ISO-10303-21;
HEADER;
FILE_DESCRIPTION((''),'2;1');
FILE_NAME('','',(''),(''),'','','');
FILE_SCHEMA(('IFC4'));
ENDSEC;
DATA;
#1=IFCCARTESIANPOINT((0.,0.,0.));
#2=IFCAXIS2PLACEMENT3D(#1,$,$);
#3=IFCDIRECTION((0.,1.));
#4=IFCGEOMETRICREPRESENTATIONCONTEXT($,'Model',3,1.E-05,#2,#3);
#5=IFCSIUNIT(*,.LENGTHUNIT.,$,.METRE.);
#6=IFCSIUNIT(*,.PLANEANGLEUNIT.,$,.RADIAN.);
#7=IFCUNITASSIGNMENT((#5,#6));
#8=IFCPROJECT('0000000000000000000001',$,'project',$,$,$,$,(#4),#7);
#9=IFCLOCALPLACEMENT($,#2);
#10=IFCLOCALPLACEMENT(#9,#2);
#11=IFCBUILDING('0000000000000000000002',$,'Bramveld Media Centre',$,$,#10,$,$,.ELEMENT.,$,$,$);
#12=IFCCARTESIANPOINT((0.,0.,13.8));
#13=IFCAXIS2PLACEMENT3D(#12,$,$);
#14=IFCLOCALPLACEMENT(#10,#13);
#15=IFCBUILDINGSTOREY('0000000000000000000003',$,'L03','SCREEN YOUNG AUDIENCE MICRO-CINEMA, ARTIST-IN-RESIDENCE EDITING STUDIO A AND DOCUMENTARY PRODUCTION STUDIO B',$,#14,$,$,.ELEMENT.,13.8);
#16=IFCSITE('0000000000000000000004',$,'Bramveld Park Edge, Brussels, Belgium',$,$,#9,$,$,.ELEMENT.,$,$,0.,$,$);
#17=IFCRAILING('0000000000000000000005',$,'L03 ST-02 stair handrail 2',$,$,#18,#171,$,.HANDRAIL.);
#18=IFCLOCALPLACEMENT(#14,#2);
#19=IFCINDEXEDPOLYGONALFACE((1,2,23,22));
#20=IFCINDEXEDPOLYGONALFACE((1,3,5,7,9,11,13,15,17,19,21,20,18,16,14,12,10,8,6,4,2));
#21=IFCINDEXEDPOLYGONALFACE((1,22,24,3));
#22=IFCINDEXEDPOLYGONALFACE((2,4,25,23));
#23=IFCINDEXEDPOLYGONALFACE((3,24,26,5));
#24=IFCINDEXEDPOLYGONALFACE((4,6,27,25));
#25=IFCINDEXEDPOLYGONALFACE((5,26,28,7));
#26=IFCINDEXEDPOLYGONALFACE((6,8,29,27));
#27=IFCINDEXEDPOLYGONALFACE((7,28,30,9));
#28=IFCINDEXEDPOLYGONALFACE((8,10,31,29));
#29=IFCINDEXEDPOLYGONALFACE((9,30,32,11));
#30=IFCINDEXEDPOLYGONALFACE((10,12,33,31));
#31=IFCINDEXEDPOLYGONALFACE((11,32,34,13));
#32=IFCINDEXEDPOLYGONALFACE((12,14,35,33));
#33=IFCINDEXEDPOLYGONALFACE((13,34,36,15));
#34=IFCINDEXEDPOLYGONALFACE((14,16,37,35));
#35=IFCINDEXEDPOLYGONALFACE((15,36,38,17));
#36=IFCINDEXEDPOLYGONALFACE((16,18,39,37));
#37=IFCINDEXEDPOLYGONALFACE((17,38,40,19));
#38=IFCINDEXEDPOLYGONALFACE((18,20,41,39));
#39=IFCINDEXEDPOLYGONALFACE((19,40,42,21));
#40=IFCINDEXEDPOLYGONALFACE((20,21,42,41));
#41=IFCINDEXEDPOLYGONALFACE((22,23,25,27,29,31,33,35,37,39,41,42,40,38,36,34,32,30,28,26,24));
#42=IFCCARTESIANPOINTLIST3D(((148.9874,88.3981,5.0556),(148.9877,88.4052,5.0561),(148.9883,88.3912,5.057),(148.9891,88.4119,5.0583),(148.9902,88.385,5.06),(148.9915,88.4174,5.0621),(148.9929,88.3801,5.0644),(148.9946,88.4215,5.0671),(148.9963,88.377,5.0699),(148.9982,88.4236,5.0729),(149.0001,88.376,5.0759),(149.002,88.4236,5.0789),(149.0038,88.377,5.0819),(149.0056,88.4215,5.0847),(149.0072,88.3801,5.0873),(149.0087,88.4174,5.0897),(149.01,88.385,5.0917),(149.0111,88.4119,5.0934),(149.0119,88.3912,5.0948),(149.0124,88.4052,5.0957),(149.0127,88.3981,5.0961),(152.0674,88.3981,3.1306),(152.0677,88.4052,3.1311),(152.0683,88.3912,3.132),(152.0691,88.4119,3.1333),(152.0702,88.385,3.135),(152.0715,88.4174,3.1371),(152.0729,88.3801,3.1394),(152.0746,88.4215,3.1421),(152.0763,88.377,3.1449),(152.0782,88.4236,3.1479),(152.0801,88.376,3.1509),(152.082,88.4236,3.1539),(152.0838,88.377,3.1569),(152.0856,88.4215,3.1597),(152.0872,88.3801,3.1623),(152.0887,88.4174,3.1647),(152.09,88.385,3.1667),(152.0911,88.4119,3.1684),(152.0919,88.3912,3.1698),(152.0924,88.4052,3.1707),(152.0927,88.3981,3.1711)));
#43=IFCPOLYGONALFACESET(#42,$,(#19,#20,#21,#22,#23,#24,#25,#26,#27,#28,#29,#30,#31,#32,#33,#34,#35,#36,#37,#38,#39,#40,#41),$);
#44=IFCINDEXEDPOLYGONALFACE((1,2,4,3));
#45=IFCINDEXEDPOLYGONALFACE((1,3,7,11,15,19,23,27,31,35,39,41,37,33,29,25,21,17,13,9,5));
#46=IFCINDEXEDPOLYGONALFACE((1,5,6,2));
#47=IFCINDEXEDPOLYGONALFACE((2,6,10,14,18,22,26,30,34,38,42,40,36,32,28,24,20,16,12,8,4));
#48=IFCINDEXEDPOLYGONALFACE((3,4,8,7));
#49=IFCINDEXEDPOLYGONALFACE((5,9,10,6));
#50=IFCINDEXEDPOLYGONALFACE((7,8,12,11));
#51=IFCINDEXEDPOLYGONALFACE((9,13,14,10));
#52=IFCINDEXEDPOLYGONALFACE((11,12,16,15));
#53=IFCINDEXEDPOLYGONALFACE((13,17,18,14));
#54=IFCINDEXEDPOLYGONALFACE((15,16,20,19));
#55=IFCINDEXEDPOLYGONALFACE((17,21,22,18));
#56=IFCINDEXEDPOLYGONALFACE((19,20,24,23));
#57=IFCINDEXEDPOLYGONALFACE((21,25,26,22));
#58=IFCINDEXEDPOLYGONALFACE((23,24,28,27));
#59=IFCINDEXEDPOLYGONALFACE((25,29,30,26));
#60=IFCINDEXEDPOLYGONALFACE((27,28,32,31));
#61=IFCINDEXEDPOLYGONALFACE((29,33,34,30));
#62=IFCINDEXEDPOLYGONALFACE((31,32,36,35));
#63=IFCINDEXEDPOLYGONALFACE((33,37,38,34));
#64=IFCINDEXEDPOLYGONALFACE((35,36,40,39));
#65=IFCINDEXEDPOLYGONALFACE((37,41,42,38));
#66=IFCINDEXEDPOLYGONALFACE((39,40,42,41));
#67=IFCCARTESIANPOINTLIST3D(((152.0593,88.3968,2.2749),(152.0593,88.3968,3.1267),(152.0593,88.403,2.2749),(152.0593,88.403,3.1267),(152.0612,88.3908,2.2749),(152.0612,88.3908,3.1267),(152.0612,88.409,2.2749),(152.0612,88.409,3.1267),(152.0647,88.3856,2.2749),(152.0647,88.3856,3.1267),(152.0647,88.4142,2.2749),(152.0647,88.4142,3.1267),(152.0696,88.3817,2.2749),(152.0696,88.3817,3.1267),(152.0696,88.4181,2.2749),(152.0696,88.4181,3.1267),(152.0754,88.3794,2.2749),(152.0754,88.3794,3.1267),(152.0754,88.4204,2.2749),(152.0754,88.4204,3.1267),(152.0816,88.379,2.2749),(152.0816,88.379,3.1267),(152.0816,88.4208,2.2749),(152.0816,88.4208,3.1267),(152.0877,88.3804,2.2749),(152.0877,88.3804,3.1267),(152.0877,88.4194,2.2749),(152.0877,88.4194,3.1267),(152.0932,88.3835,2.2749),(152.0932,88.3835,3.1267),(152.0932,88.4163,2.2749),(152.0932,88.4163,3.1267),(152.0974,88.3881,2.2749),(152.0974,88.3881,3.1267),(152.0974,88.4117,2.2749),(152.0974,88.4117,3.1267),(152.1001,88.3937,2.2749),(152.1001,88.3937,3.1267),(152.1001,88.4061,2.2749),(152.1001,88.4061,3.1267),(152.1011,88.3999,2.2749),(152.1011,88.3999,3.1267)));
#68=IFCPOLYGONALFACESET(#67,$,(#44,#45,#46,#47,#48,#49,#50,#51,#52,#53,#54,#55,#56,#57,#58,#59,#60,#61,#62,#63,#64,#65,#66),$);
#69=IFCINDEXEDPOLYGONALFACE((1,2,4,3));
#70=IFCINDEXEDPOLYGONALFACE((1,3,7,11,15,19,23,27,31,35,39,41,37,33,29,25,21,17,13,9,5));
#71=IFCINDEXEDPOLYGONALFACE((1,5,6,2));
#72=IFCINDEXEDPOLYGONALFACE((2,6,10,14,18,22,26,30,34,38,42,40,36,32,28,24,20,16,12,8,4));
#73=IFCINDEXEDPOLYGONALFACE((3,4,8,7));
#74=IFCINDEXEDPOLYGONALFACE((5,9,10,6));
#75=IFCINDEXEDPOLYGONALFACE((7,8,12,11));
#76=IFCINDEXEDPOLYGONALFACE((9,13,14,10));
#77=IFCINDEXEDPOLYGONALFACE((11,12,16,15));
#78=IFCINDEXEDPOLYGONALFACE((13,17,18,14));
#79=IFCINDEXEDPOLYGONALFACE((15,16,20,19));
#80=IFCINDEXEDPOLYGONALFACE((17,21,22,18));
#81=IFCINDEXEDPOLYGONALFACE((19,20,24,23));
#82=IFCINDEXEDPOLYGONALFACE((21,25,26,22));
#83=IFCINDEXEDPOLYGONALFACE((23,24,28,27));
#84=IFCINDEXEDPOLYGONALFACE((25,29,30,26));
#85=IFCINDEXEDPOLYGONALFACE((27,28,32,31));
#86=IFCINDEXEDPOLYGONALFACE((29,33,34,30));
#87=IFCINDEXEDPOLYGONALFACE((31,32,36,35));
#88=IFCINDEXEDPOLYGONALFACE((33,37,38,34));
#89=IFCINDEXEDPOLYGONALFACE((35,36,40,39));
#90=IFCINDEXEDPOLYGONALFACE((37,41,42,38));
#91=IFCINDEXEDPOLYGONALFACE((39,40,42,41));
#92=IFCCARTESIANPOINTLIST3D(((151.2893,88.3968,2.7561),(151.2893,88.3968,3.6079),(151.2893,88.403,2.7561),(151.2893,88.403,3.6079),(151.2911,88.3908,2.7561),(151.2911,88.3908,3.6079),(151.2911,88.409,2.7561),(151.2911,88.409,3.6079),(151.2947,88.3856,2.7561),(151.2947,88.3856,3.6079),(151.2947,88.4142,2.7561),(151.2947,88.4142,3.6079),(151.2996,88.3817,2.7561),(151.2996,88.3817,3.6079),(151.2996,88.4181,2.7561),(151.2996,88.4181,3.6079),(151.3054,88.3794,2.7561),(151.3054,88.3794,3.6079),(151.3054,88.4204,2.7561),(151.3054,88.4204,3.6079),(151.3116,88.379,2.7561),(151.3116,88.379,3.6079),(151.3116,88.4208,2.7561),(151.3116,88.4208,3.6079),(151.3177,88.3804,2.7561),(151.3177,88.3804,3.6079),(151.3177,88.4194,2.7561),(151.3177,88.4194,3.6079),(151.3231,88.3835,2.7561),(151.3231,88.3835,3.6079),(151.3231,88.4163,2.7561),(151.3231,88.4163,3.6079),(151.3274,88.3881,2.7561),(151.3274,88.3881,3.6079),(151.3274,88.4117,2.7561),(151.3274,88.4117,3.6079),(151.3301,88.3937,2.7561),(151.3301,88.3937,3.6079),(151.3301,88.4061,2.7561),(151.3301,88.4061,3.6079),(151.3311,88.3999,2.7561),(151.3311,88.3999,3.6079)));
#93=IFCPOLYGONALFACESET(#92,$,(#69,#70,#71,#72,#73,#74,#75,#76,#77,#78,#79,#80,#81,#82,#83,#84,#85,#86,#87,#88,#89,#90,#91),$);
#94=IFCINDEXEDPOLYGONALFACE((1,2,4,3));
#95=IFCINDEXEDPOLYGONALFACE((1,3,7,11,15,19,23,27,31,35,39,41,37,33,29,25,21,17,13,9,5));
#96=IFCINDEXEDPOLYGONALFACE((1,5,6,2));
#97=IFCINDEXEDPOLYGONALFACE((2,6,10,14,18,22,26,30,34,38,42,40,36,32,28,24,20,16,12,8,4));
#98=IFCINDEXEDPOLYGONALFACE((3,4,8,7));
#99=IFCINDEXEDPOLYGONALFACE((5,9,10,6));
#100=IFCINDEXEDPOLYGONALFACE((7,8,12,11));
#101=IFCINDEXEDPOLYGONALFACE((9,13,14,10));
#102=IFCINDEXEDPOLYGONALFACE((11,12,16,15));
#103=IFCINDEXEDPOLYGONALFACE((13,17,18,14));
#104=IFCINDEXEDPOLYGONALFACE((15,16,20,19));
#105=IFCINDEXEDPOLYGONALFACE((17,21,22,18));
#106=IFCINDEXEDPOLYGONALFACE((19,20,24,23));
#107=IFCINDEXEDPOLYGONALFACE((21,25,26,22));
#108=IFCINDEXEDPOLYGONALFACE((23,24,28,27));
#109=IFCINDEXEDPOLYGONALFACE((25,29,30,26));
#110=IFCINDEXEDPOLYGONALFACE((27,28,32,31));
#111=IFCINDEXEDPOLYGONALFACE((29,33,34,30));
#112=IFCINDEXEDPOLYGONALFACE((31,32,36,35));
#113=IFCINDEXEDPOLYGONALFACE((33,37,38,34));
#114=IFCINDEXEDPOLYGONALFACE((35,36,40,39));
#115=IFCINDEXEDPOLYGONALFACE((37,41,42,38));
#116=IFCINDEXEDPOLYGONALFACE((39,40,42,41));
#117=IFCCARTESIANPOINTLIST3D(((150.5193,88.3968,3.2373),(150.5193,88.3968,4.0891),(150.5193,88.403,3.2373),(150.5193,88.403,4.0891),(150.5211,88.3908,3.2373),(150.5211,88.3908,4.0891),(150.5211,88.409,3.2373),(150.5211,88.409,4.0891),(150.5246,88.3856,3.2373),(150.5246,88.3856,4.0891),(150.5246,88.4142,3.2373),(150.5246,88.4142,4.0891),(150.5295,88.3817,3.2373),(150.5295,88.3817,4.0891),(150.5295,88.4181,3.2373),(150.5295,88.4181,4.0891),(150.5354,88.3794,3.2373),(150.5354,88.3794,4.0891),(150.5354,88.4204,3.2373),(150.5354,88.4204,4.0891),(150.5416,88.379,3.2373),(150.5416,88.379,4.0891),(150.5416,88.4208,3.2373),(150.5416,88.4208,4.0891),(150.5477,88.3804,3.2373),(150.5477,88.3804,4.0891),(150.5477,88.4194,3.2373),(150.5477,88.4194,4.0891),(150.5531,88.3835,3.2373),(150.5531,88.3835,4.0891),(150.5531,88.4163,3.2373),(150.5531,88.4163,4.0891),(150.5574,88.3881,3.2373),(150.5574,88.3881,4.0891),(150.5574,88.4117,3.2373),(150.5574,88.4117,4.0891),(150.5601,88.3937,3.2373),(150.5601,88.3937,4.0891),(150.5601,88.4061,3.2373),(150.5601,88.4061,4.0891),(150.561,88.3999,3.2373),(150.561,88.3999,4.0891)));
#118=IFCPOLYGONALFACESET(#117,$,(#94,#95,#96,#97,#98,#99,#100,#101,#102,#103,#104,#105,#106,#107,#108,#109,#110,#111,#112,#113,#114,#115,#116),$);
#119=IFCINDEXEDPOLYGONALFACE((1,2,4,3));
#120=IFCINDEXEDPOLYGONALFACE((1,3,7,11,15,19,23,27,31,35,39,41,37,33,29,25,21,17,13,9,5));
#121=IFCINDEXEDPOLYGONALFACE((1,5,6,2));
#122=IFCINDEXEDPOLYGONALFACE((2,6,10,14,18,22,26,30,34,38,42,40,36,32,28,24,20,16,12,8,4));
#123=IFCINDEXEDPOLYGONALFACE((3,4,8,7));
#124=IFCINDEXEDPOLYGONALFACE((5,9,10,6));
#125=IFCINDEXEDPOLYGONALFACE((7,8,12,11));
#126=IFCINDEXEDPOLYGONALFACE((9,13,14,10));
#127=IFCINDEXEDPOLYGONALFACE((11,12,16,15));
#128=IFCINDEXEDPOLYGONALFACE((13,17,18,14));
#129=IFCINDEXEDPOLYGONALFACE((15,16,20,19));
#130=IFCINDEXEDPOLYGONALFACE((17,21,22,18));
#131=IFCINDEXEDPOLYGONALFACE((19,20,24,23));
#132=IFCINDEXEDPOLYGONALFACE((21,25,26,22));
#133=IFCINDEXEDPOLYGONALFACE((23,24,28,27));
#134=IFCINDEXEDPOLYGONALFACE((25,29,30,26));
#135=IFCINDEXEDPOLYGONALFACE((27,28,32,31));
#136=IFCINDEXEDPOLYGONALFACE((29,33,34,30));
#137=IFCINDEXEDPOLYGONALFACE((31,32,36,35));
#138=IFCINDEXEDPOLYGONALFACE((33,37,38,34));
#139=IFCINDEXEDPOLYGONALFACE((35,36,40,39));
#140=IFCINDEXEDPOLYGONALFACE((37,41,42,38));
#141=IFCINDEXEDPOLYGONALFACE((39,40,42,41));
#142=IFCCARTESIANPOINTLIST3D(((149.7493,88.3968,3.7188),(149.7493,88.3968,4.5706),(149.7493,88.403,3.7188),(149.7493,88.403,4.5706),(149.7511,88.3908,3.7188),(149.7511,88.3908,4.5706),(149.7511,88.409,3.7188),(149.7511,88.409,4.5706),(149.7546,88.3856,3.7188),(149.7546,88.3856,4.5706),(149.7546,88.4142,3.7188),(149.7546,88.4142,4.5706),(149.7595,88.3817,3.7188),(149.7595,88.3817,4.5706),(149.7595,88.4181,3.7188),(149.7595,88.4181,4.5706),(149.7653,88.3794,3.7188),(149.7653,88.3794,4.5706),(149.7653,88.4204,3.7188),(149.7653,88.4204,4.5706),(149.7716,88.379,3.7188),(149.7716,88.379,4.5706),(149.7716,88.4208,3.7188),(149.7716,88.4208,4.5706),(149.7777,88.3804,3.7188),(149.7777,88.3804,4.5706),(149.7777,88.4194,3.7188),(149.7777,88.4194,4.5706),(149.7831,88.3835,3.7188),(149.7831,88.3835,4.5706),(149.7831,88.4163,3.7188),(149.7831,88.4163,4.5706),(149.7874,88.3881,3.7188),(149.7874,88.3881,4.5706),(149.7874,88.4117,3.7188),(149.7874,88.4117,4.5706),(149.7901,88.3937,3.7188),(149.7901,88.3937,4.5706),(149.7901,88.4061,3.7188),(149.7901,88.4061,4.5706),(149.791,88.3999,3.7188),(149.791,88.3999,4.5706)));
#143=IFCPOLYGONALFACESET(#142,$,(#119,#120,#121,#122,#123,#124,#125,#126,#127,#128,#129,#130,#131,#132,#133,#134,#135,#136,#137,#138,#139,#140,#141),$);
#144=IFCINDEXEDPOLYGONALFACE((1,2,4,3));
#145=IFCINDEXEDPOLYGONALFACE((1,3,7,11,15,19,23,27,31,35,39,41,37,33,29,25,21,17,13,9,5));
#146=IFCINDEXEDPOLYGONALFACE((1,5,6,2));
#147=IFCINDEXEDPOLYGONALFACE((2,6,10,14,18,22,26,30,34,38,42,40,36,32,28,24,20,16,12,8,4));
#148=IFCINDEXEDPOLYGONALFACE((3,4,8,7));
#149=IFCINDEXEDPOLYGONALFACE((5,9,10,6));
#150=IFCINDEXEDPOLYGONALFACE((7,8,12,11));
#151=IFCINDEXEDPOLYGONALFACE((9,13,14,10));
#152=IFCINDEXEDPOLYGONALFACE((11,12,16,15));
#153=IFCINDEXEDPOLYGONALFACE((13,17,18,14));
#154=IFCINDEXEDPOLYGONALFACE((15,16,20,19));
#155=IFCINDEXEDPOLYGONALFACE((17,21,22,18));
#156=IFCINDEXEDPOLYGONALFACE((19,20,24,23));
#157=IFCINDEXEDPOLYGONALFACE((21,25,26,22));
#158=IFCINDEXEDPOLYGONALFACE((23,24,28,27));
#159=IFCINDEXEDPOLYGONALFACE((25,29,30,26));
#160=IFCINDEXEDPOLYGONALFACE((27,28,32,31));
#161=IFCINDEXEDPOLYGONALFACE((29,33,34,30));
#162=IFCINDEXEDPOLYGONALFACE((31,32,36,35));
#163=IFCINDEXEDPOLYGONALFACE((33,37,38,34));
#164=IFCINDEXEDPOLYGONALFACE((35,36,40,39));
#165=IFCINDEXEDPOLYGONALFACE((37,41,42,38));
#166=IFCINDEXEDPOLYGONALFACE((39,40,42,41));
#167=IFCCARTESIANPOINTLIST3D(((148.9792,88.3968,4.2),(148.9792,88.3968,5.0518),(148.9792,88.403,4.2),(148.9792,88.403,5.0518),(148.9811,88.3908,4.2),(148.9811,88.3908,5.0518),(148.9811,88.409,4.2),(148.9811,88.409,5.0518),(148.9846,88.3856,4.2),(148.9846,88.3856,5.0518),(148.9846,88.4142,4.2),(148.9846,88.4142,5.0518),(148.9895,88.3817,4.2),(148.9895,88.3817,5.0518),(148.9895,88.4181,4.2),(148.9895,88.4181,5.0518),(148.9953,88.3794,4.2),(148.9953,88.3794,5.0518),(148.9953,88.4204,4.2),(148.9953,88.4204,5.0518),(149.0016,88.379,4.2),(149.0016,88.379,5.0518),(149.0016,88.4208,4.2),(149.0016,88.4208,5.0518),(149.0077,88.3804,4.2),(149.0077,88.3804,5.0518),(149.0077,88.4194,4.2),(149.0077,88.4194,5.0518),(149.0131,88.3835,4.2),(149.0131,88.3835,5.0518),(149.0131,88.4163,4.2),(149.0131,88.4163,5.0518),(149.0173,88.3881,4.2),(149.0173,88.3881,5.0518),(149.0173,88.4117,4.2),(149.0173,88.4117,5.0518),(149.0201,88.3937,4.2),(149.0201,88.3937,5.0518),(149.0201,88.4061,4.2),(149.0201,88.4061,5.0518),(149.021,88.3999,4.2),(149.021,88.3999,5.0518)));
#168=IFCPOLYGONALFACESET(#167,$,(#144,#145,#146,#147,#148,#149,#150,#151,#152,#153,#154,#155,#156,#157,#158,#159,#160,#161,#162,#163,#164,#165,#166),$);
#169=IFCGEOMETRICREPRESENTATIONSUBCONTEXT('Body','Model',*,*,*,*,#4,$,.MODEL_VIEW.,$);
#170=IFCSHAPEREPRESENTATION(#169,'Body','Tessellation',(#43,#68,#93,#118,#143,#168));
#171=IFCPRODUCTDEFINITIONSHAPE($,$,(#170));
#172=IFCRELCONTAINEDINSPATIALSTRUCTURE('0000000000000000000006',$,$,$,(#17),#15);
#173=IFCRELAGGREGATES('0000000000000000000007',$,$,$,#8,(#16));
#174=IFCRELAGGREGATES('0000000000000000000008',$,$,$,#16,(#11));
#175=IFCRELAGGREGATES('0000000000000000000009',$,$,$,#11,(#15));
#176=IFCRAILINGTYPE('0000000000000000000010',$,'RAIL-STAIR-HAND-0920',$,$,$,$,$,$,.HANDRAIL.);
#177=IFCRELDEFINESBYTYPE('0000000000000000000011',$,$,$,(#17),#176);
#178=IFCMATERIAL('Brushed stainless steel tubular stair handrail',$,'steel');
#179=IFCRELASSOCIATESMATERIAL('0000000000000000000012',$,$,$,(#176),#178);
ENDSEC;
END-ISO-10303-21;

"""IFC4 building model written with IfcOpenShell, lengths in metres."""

from ifc_helpers import new_model, si_unit, direction, frame, origin, origin_2d, place, context, subcontext, project, spatial, circle, extrude, material, type_object, element, save


model = new_model("IFC4")

# Units and contexts
model_context = context("Model", 3, precision=1e-05, world=origin(), true_north=direction((0.0, 1.0)))
body_context = subcontext(model_context, "Body", "Model", "MODEL_VIEW")
ifc_project = project(units=[si_unit("LENGTHUNIT", "METRE"), si_unit("PLANEANGLEUNIT", "RADIAN")], contexts=[model_context])

# Site, building, storey
site_placement = place(None, origin())
site = spatial("IfcSite", under=ifc_project, at=site_placement, Name="Bramveld Park Edge, Brussels, Belgium", CompositionType="ELEMENT", RefElevation=0.0)
building_placement = place(site_placement, origin())
building = spatial("IfcBuilding", under=site, at=building_placement, Name="Bramveld Media Centre", CompositionType="ELEMENT")
storey_placement = place(building_placement, frame((0.0, 0.0, 13.8)))
storey = spatial("IfcBuildingStorey", under=building, at=storey_placement, Name="L03", Description="SCREEN YOUNG AUDIENCE MICRO-CINEMA, ARTIST-IN-RESIDENCE EDITING STUDIO A AND DOCUMENTARY PRODUCTION STUDIO B", CompositionType="ELEMENT", Elevation=13.8)

# Railing
ifc_material_1 = material(Name="Brushed stainless steel tubular stair handrail", Category="steel")
railing_type_1 = type_object("IfcRailingType", Name="RAIL-STAIR-HAND-0920", PredefinedType="HANDRAIL", material=ifc_material_1)
railing_1_placement = place(storey_placement, frame((152.0801, 88.3999, 2.2749)))
element("IfcRailing", 1, at=railing_1_placement, inside=storey, type_object=railing_type_1, Name="L03 ST-02 stair handrail 2", PredefinedType="HANDRAIL", context=body_context, shape_type="SweptSolid", body=[
    extrude(circle(Radius=0.0239, at=origin_2d()), frame((0.0, 0.0, 0.876), z_axis=(-0.847998, 0.0, 0.529999), x_axis=(0.0, -1.0, 0.0)), (0.0, 0.0, 1.0), 3.6321),
    extrude(circle(Radius=0.021, at=origin_2d()), origin(), (0.0, 0.0, 1.0), 0.8518),
    extrude(circle(Radius=0.021, at=origin_2d()), frame((-0.77, 0.0, 0.4812)), (0.0, 0.0, 1.0), 0.8518),
    extrude(circle(Radius=0.021, at=origin_2d()), frame((-1.54, 0.0, 0.9624)), (0.0, 0.0, 1.0), 0.8518),
    extrude(circle(Radius=0.021, at=origin_2d()), frame((-2.3101, 0.0, 1.4438)), (0.0, 0.0, 1.0), 0.8518),
    extrude(circle(Radius=0.021, at=origin_2d()), frame((-3.0801, 0.0, 1.925)), (0.0, 0.0, 1.0), 0.8518),
])

save(model, "model.ifc")
